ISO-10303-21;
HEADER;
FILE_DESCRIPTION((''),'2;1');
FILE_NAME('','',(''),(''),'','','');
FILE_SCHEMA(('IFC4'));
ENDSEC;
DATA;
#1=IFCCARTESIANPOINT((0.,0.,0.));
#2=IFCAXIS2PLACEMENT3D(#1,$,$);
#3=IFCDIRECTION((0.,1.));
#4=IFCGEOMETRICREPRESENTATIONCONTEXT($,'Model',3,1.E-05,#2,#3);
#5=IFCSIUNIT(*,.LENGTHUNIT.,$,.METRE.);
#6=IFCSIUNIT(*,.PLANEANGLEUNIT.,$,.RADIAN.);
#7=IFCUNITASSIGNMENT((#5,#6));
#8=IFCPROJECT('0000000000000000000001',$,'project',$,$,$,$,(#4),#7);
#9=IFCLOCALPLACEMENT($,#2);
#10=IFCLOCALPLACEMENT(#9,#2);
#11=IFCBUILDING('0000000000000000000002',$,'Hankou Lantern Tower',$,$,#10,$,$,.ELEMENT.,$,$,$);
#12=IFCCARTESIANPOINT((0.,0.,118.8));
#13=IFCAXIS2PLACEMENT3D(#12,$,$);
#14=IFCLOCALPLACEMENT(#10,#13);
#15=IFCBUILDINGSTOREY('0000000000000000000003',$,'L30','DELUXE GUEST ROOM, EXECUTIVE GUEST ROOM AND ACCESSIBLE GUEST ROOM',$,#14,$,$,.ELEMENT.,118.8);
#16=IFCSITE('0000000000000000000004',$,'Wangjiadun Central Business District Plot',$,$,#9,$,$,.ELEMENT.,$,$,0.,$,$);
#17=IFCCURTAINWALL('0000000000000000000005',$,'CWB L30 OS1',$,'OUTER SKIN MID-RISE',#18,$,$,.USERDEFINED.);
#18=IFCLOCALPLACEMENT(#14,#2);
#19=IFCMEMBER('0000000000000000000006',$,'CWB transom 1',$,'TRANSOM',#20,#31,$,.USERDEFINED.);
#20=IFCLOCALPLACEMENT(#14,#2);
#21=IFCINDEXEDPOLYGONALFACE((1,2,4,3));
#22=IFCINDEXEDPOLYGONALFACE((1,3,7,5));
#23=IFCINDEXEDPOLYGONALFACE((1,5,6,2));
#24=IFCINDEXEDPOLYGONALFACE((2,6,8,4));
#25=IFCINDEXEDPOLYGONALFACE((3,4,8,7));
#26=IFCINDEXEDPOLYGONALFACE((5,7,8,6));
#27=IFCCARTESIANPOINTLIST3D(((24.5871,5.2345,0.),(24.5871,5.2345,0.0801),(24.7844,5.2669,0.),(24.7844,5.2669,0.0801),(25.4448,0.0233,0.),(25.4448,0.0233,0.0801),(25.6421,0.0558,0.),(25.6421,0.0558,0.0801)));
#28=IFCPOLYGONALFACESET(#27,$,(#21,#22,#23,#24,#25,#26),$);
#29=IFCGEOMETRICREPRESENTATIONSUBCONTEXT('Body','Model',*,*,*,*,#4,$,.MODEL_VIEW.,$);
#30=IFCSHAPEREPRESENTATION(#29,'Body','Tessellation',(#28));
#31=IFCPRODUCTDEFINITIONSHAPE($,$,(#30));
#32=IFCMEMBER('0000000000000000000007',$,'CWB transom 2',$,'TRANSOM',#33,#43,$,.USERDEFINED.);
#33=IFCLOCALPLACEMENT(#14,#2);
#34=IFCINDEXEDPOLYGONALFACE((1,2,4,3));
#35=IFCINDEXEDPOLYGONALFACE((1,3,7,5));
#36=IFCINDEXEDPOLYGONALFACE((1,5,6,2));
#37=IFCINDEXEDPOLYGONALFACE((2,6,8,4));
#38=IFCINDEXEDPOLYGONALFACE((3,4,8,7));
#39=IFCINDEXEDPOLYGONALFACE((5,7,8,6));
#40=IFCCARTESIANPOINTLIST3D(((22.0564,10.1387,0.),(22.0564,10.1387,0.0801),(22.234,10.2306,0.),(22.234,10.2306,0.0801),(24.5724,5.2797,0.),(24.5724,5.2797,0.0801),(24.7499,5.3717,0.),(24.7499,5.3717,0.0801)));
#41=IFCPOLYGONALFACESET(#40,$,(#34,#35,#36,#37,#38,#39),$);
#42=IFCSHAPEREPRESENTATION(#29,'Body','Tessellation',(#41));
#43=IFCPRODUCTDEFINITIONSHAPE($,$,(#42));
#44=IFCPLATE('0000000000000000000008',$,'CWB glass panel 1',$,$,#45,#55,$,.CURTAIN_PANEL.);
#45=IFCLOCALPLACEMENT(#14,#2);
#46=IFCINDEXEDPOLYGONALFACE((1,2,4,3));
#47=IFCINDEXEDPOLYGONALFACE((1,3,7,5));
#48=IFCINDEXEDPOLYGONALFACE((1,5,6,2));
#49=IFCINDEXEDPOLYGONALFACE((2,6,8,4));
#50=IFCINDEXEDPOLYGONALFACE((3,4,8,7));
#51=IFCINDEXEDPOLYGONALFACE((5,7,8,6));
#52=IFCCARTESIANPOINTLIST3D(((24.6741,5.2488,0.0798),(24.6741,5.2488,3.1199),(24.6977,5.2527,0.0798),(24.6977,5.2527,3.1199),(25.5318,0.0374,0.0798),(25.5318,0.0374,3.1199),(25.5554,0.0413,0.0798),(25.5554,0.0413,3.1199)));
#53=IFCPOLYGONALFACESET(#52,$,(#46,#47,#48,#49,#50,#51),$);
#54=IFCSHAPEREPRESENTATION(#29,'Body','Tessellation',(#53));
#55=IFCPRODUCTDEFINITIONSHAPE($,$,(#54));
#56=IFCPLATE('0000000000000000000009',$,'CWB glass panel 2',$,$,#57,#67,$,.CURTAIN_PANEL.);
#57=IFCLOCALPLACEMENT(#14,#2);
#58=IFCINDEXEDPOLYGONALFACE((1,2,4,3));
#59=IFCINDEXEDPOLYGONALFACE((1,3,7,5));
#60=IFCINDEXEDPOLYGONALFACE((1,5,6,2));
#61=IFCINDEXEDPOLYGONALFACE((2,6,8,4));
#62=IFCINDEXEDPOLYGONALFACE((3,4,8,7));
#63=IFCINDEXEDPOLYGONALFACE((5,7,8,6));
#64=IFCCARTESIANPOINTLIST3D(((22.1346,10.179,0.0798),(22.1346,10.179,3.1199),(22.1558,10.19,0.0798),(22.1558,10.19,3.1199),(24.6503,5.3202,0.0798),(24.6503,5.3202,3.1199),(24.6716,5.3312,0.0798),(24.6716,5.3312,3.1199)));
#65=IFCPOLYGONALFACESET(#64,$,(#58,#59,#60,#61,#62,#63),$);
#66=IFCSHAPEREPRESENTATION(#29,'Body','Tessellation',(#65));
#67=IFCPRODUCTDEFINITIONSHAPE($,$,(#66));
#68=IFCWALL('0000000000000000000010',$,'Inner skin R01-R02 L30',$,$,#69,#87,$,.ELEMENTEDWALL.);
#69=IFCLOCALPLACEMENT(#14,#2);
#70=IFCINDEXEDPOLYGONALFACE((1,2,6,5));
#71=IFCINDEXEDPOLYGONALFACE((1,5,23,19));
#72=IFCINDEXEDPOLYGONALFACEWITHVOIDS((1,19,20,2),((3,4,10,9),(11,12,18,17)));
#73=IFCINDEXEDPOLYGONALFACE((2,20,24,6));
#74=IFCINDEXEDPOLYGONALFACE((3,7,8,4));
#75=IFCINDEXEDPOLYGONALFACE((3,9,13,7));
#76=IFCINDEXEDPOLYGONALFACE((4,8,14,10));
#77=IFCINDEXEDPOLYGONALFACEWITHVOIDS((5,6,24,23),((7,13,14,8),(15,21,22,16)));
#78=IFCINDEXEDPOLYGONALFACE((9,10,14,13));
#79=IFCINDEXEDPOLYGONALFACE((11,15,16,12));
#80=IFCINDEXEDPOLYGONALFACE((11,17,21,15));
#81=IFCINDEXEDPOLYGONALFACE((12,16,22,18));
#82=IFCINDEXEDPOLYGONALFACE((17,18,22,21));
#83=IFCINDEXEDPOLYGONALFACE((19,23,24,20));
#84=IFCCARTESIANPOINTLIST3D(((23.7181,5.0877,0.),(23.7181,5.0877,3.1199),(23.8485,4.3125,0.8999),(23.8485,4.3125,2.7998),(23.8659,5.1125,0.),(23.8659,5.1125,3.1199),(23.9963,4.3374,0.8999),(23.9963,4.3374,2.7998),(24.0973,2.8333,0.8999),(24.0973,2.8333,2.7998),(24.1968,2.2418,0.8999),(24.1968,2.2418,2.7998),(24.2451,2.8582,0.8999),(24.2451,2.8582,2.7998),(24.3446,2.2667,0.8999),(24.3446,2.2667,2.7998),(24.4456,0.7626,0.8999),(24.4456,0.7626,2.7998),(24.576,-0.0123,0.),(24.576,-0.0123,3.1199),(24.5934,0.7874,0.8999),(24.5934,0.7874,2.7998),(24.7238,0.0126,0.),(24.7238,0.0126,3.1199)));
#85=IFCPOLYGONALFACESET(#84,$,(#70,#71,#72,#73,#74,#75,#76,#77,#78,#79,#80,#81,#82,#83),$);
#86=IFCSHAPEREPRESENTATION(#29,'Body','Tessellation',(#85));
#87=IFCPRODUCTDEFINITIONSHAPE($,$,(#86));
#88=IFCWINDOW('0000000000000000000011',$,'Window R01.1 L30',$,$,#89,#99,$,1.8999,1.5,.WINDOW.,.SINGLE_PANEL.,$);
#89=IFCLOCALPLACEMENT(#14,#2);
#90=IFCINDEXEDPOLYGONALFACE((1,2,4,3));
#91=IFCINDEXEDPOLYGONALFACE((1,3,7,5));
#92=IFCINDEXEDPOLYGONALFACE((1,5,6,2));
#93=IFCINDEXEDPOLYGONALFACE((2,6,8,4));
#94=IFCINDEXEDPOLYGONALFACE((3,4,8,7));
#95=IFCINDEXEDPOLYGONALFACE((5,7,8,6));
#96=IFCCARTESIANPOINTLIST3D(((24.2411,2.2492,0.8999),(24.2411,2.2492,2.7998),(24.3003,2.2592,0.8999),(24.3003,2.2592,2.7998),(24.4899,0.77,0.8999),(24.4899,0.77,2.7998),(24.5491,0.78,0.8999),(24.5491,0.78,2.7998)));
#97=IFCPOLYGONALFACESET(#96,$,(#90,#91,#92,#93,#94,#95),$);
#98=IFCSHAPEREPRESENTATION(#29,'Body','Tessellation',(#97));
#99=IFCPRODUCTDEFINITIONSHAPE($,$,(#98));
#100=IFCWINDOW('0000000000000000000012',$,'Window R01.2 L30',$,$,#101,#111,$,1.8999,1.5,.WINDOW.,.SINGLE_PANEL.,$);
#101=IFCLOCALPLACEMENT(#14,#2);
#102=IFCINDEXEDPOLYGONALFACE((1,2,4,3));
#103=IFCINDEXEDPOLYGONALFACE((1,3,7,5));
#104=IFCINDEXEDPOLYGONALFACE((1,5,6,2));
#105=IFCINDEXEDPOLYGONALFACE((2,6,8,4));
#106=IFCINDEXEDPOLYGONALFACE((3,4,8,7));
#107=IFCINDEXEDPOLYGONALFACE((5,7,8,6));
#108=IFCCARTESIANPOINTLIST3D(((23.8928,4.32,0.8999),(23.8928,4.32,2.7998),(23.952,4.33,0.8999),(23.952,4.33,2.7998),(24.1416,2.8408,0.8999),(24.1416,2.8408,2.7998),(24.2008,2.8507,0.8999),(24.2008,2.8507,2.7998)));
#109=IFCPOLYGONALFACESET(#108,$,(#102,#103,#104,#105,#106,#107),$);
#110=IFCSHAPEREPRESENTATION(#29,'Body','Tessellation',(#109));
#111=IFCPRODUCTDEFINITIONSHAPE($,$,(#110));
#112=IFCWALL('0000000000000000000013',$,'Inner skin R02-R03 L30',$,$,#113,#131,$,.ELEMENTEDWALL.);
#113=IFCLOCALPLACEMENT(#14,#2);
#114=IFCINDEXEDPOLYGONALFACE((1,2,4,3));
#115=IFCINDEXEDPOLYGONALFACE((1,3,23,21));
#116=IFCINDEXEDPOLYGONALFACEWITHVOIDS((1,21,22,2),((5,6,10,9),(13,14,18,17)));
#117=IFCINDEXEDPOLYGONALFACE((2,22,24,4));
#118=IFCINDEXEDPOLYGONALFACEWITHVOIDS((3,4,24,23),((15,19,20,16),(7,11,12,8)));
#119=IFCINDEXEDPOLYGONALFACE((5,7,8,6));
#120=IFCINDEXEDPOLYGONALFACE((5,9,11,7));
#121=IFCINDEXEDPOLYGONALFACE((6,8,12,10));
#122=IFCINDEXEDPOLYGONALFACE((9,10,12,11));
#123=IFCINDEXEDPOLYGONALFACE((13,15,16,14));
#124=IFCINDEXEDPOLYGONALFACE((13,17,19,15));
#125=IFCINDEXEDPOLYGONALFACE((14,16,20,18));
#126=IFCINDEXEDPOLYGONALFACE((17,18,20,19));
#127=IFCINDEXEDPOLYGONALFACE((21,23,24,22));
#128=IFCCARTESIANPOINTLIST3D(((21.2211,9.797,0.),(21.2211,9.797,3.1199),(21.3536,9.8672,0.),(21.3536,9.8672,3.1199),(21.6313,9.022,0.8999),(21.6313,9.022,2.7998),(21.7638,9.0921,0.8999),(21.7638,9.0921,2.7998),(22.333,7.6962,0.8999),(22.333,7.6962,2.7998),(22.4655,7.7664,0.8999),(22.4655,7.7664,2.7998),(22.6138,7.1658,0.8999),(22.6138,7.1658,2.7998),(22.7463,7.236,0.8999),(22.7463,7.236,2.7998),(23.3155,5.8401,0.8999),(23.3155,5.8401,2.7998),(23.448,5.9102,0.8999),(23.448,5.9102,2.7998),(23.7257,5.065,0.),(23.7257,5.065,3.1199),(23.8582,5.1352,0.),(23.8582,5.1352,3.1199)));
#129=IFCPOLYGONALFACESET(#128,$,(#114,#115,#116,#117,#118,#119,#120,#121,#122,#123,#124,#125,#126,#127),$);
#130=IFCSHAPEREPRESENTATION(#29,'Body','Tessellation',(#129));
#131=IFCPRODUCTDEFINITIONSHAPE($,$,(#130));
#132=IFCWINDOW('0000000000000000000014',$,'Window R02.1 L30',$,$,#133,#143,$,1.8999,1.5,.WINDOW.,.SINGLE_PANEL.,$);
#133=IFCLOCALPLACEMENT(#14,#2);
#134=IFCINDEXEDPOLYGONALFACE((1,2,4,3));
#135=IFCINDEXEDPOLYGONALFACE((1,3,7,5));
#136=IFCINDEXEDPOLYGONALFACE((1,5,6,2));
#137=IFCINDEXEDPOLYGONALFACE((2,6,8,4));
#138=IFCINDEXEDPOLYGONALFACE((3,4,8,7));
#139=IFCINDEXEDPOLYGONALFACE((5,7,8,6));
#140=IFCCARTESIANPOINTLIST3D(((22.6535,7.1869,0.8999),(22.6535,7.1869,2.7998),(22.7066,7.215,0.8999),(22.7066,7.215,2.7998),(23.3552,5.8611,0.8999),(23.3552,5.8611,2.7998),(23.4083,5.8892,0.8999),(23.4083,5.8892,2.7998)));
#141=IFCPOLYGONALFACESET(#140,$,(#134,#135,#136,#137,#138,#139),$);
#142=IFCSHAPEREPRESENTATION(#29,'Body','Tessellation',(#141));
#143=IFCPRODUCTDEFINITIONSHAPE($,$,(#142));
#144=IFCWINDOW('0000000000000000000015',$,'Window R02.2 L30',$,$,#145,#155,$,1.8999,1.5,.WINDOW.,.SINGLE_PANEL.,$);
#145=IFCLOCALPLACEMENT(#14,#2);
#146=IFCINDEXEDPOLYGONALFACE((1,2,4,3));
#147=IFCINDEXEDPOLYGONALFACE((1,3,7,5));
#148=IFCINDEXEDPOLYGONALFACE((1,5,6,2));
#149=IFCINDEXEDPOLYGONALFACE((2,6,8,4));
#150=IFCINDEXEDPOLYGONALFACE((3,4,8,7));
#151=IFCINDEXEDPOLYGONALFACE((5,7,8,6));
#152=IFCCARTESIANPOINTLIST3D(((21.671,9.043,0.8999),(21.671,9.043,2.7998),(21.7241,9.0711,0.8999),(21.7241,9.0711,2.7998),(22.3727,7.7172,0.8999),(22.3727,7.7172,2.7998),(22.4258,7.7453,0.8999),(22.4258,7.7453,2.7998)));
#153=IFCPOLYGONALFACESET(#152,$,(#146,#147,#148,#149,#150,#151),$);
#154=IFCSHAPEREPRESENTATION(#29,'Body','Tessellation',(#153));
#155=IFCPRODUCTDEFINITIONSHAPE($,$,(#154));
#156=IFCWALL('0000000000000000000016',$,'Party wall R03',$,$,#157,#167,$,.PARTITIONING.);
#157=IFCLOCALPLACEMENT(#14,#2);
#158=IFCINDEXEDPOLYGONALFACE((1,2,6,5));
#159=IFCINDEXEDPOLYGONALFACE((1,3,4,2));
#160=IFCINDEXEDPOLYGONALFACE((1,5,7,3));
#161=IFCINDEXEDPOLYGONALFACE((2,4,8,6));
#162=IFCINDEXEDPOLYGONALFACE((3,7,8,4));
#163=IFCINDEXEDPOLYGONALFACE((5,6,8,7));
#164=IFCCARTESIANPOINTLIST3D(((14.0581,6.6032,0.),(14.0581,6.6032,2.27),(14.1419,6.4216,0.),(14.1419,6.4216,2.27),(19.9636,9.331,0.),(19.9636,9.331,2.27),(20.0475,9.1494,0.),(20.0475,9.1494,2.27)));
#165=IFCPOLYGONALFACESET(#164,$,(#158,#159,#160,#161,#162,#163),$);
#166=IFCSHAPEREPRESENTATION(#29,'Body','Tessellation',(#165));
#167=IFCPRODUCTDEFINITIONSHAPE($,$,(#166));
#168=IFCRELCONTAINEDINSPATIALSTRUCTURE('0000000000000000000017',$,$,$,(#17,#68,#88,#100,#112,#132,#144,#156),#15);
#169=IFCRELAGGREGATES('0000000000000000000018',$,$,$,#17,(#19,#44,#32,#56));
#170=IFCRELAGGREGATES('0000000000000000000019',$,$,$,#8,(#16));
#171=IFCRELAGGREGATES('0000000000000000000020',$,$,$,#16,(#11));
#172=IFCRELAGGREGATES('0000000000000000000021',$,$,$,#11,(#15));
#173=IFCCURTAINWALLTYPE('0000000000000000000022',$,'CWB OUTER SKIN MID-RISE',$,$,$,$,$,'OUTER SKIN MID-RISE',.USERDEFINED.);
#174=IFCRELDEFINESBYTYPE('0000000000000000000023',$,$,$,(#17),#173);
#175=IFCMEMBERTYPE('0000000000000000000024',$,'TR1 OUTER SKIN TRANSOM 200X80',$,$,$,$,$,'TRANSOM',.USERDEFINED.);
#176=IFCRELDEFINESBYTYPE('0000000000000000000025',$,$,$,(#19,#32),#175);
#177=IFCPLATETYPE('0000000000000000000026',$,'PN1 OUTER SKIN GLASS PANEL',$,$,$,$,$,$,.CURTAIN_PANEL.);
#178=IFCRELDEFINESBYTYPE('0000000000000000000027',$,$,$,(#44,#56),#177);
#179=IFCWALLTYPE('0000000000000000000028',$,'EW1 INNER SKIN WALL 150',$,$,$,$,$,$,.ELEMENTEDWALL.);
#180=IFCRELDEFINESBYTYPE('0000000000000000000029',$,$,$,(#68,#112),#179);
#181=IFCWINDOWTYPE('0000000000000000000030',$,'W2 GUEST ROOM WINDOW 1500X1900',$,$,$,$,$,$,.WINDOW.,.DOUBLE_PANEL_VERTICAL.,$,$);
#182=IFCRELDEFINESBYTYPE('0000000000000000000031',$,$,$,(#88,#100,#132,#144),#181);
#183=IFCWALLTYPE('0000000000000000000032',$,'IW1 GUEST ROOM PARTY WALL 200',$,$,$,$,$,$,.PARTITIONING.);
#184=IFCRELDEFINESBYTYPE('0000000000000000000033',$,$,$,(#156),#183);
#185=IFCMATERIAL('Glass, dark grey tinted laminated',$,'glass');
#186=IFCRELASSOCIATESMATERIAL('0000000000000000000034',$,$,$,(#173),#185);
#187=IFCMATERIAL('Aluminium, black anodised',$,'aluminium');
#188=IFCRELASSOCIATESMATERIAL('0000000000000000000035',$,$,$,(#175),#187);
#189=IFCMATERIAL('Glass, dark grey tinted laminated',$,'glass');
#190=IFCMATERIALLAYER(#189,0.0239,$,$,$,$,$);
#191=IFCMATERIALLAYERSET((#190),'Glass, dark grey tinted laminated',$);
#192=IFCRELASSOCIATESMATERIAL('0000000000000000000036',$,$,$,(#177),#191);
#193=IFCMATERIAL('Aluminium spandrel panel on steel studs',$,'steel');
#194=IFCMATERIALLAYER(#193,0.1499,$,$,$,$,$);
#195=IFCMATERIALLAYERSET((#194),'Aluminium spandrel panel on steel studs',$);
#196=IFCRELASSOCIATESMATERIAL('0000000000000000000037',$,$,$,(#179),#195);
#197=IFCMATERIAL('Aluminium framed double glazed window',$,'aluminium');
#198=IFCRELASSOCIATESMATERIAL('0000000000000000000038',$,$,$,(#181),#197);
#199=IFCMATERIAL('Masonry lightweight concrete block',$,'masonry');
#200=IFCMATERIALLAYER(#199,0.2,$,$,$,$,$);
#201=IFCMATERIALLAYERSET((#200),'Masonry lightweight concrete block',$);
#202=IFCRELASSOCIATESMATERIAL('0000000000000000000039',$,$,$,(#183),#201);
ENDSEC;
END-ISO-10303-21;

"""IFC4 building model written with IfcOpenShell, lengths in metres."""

from ifc_helpers import new_model, si_unit, direction, frame, frame_2d, origin, origin_2d, place, context, subcontext, project, spatial, rectangle, extrude, material, layer, layer_set, material_profile, profile_set, type_object, element, fill, aggregate, save


model = new_model("IFC4")

# Units and contexts
model_context = context("Model", 3, precision=1e-05, world=origin(), true_north=direction((0.0, 1.0)))
body_context = subcontext(model_context, "Body", "Model", "MODEL_VIEW")
ifc_project = project(units=[si_unit("LENGTHUNIT", "METRE"), si_unit("PLANEANGLEUNIT", "RADIAN")], contexts=[model_context])

# Site, building, storey
site_placement = place(None, origin())
site = spatial("IfcSite", under=ifc_project, at=site_placement, Name="Wangjiadun Central Business District Plot", CompositionType="ELEMENT", RefElevation=0.0)
building_placement = place(site_placement, origin())
building = spatial("IfcBuilding", under=site, at=building_placement, Name="Hankou Lantern Tower", CompositionType="ELEMENT")
storey_placement = place(building_placement, frame((0.0, 0.0, 118.8)))
storey = spatial("IfcBuildingStorey", under=building, at=storey_placement, Name="L30", Description="DELUXE GUEST ROOM, EXECUTIVE GUEST ROOM AND ACCESSIBLE GUEST ROOM", CompositionType="ELEMENT", Elevation=118.8)

# Curtain wall
ifc_material_1 = material(Name="Glass, dark grey tinted laminated", Category="glass")
curtain_wall_type = type_object("IfcCurtainWallType", Name="CWB OUTER SKIN MID-RISE", ElementType="OUTER SKIN MID-RISE", PredefinedType="USERDEFINED", material=ifc_material_1)
curtain_wall_placement = place(storey_placement, origin())
curtain_wall = element("IfcCurtainWall", 1, at=curtain_wall_placement, inside=storey, type_object=curtain_wall_type, Name="CWB L30 OS1", ObjectType="OUTER SKIN MID-RISE", PredefinedType="USERDEFINED")

# Members
ifc_material_2 = material(Name="Aluminium, black anodised", Category="aluminium")
ifc_material_profile_1 = material_profile(ifc_material_2, rectangle(XDim=0.2, YDim=0.0801, at=origin_2d()), Name="TR1 200X80")
ifc_profile_set_1 = profile_set([ifc_material_profile_1], Name="Aluminium, black anodised")
member_type_1 = type_object("IfcMemberType", Name="TR1 OUTER SKIN TRANSOM 200X80", ElementType="TRANSOM", PredefinedType="USERDEFINED", material=ifc_profile_set_1)
member_1_placement = place(storey_placement, frame((25.5435, 0.0396, 0.04), z_axis=(-0.162397, 0.986725, 0.0), x_axis=(-0.986725, -0.162397, 0.0)))
member_1 = element("IfcMember", 2, at=member_1_placement, type_object=member_type_1, Name="CWB transom 1", ObjectType="TRANSOM", PredefinedType="USERDEFINED", context=body_context, shape_type="SweptSolid", body=[
    extrude(rectangle(XDim=0.2, YDim=0.0801, at=origin_2d()), origin(), (0.0, 0.0, 1.0), 5.2812),
])
member_2_placement = place(storey_placement, frame((24.6611, 5.3257, 0.04), z_axis=(-0.459805, 0.88802, 0.0), x_axis=(-0.88802, -0.459805, 0.0)))
member_2 = element("IfcMember", 3, at=member_2_placement, type_object=member_type_1, Name="CWB transom 2", ObjectType="TRANSOM", PredefinedType="USERDEFINED", context=body_context, shape_type="SweptSolid", body=[
    extrude(rectangle(XDim=0.2, YDim=0.0801, at=origin_2d()), origin(), (0.0, 0.0, 1.0), 5.4717),
])

# Plates
ifc_material_3 = material(Name="Glass, dark grey tinted laminated", Category="glass")
ifc_layer_1 = layer(ifc_material_3, 0.0239)
ifc_layer_set_1 = layer_set([ifc_layer_1], Name="Glass, dark grey tinted laminated")
plate_type = type_object("IfcPlateType", Name="PN1 OUTER SKIN GLASS PANEL", PredefinedType="CURTAIN_PANEL", material=ifc_layer_set_1)
plate_1_placement = place(storey_placement, frame((25.1147, 2.645, 0.0798), z_axis=(0.0, 0.0, 1.0), x_axis=(-0.162382, 0.986728, 0.0)))
plate_1 = element("IfcPlate", 4, at=plate_1_placement, type_object=plate_type, Name="CWB glass panel 1", PredefinedType="CURTAIN_PANEL", context=body_context, shape_type="SweptSolid", body=[
    extrude(rectangle(XDim=5.2815, YDim=0.0239, at=origin_2d()), origin(), (0.0, 0.0, 1.0), 3.04),
])
plate_2_placement = place(storey_placement, frame((23.4031, 7.7551, 0.0798), z_axis=(0.0, 0.0, 1.0), x_axis=(-0.459791, 0.888027, 0.0)))
plate_2 = element("IfcPlate", 5, at=plate_2_placement, type_object=plate_type, Name="CWB glass panel 2", PredefinedType="CURTAIN_PANEL", context=body_context, shape_type="SweptSolid", body=[
    extrude(rectangle(XDim=5.4714, YDim=0.0239, at=origin_2d()), origin(), (0.0, 0.0, 1.0), 3.04),
])
aggregate(curtain_wall, [member_1, plate_1, member_2, plate_2])

# Walls, openings, windows
ifc_material_4 = material(Name="Aluminium spandrel panel on steel studs", Category="steel")
ifc_layer_2 = layer(ifc_material_4, 0.1499)
ifc_layer_set_2 = layer_set([ifc_layer_2], Name="Aluminium spandrel panel on steel studs")
wall_type_1 = type_object("IfcWallType", Name="EW1 INNER SKIN WALL 150", PredefinedType="ELEMENTEDWALL", material=ifc_layer_set_2)
wall_1_placement = place(storey_placement, frame((24.6499, 0.0, 0.0), z_axis=(0.0, 0.0, 1.0), x_axis=(-0.165884, 0.986145, 0.0)))
wall_1 = element("IfcWall", 6, at=wall_1_placement, inside=storey, type_object=wall_type_1, Name="Inner skin R01-R02 L30", PredefinedType="ELEMENTEDWALL", context=body_context, shape_type="SweptSolid", body=[
    extrude(rectangle(XDim=5.1716, YDim=0.1499, at=frame_2d((2.5859, 0.0))), origin(), (0.0, 0.0, 1.0), 3.1199),
])
opening_1_placement = place(wall_1_placement, frame((0.7859, 0.0, 0.8999)))
opening_1 = element("IfcOpeningElement", 7, at=opening_1_placement, cuts=wall_1, PredefinedType="OPENING", context=body_context, shape_type="SweptSolid", body=[
    extrude(rectangle(XDim=1.5, YDim=1.8999, at=frame_2d((0.75, 0.95))), frame((0.0, 0.085, 0.0), z_axis=(0.0, -1.0, 0.0), x_axis=(1.0, 0.0, 0.0)), (0.0, 0.0, 1.0), 0.1699),
])
opening_2_placement = place(wall_1_placement, frame((2.8857, 0.0, 0.8999)))
opening_2 = element("IfcOpeningElement", 8, at=opening_2_placement, cuts=wall_1, PredefinedType="OPENING", context=body_context, shape_type="SweptSolid", body=[
    extrude(rectangle(XDim=1.5, YDim=1.8999, at=frame_2d((0.75, 0.95))), frame((0.0, 0.085, 0.0), z_axis=(0.0, -1.0, 0.0), x_axis=(1.0, 0.0, 0.0)), (0.0, 0.0, 1.0), 0.1699),
])
ifc_material_5 = material(Name="Aluminium framed double glazed window", Category="aluminium")
window_type = type_object("IfcWindowType", Name="W2 GUEST ROOM WINDOW 1500X1900", PartitioningType="DOUBLE_PANEL_VERTICAL", PredefinedType="WINDOW", material=ifc_material_5)
window_1_placement = place(opening_1_placement, origin())
window_1 = element("IfcWindow", 9, at=window_1_placement, inside=storey, type_object=window_type, Name="Window R01.1 L30", OverallHeight=1.8999, OverallWidth=1.5, PartitioningType="SINGLE_PANEL", PredefinedType="WINDOW", context=body_context, shape_type="SweptSolid", body=[
    extrude(rectangle(XDim=1.5, YDim=1.8999, at=frame_2d((0.75, 0.95))), frame((0.0, 0.03, 0.0), z_axis=(0.0, -1.0, 0.0), x_axis=(1.0, 0.0, 0.0)), (0.0, 0.0, 1.0), 0.0601),
])
fill(opening_1, window_1)
window_2_placement = place(opening_2_placement, origin())
window_2 = element("IfcWindow", 10, at=window_2_placement, inside=storey, type_object=window_type, Name="Window R01.2 L30", OverallHeight=1.8999, OverallWidth=1.5, PartitioningType="SINGLE_PANEL", PredefinedType="WINDOW", context=body_context, shape_type="SweptSolid", body=[
    extrude(rectangle(XDim=1.5, YDim=1.8999, at=frame_2d((0.75, 0.95))), frame((0.0, 0.03, 0.0), z_axis=(0.0, -1.0, 0.0), x_axis=(1.0, 0.0, 0.0)), (0.0, 0.0, 1.0), 0.0601),
])
fill(opening_2, window_2)
wall_2_placement = place(storey_placement, frame((23.792, 5.1001, 0.0), z_axis=(0.0, 0.0, 1.0), x_axis=(-0.467814, 0.883827, 0.0)))
wall_2 = element("IfcWall", 11, at=wall_2_placement, inside=storey, type_object=wall_type_1, Name="Inner skin R02-R03 L30", PredefinedType="ELEMENTEDWALL", context=body_context, shape_type="SweptSolid", body=[
    extrude(rectangle(XDim=5.354, YDim=0.1499, at=frame_2d((2.677, 0.0))), origin(), (0.0, 0.0, 1.0), 3.1199),
])
opening_3_placement = place(wall_2_placement, frame((0.877, 0.0, 0.8999)))
opening_3 = element("IfcOpeningElement", 12, at=opening_3_placement, cuts=wall_2, PredefinedType="OPENING", context=body_context, shape_type="SweptSolid", body=[
    extrude(rectangle(XDim=1.5, YDim=1.8999, at=frame_2d((0.75, 0.95))), frame((0.0, 0.085, 0.0), z_axis=(0.0, -1.0, 0.0), x_axis=(1.0, 0.0, 0.0)), (0.0, 0.0, 1.0), 0.1699),
])
opening_4_placement = place(wall_2_placement, frame((2.9771, 0.0, 0.8999)))
opening_4 = element("IfcOpeningElement", 13, at=opening_4_placement, cuts=wall_2, PredefinedType="OPENING", context=body_context, shape_type="SweptSolid", body=[
    extrude(rectangle(XDim=1.5, YDim=1.8999, at=frame_2d((0.75, 0.95))), frame((0.0, 0.085, 0.0), z_axis=(0.0, -1.0, 0.0), x_axis=(1.0, 0.0, 0.0)), (0.0, 0.0, 1.0), 0.1699),
])
window_3_placement = place(opening_3_placement, origin())
window_3 = element("IfcWindow", 14, at=window_3_placement, inside=storey, type_object=window_type, Name="Window R02.1 L30", OverallHeight=1.8999, OverallWidth=1.5, PartitioningType="SINGLE_PANEL", PredefinedType="WINDOW", context=body_context, shape_type="SweptSolid", body=[
    extrude(rectangle(XDim=1.5, YDim=1.8999, at=frame_2d((0.75, 0.95))), frame((0.0, 0.03, 0.0), z_axis=(0.0, -1.0, 0.0), x_axis=(1.0, 0.0, 0.0)), (0.0, 0.0, 1.0), 0.0601),
])
fill(opening_3, window_3)
window_4_placement = place(opening_4_placement, origin())
window_4 = element("IfcWindow", 15, at=window_4_placement, inside=storey, type_object=window_type, Name="Window R02.2 L30", OverallHeight=1.8999, OverallWidth=1.5, PartitioningType="SINGLE_PANEL", PredefinedType="WINDOW", context=body_context, shape_type="SweptSolid", body=[
    extrude(rectangle(XDim=1.5, YDim=1.8999, at=frame_2d((0.75, 0.95))), frame((0.0, 0.03, 0.0), z_axis=(0.0, -1.0, 0.0), x_axis=(1.0, 0.0, 0.0)), (0.0, 0.0, 1.0), 0.0601),
])
fill(opening_4, window_4)

# Wall
ifc_material_6 = material(Name="Masonry lightweight concrete block", Category="masonry")
ifc_layer_3 = layer(ifc_material_6, 0.2)
ifc_layer_set_3 = layer_set([ifc_layer_3], Name="Masonry lightweight concrete block")
wall_type_2 = type_object("IfcWallType", Name="IW1 GUEST ROOM PARTY WALL 200", PredefinedType="PARTITIONING", material=ifc_layer_set_3)
wall_3_placement = place(storey_placement, frame((14.1001, 6.5125, 0.0), z_axis=(0.0, 0.0, 1.0), x_axis=(0.907833, 0.419332, 0.0)))
element("IfcWall", 16, at=wall_3_placement, inside=storey, type_object=wall_type_2, Name="Party wall R03", PredefinedType="PARTITIONING", context=body_context, shape_type="SweptSolid", body=[
    extrude(rectangle(XDim=6.5051, YDim=0.2, at=frame_2d((3.2524, 0.0))), origin(), (0.0, 0.0, 1.0), 2.27),
])

save(model, "model.ifc")
